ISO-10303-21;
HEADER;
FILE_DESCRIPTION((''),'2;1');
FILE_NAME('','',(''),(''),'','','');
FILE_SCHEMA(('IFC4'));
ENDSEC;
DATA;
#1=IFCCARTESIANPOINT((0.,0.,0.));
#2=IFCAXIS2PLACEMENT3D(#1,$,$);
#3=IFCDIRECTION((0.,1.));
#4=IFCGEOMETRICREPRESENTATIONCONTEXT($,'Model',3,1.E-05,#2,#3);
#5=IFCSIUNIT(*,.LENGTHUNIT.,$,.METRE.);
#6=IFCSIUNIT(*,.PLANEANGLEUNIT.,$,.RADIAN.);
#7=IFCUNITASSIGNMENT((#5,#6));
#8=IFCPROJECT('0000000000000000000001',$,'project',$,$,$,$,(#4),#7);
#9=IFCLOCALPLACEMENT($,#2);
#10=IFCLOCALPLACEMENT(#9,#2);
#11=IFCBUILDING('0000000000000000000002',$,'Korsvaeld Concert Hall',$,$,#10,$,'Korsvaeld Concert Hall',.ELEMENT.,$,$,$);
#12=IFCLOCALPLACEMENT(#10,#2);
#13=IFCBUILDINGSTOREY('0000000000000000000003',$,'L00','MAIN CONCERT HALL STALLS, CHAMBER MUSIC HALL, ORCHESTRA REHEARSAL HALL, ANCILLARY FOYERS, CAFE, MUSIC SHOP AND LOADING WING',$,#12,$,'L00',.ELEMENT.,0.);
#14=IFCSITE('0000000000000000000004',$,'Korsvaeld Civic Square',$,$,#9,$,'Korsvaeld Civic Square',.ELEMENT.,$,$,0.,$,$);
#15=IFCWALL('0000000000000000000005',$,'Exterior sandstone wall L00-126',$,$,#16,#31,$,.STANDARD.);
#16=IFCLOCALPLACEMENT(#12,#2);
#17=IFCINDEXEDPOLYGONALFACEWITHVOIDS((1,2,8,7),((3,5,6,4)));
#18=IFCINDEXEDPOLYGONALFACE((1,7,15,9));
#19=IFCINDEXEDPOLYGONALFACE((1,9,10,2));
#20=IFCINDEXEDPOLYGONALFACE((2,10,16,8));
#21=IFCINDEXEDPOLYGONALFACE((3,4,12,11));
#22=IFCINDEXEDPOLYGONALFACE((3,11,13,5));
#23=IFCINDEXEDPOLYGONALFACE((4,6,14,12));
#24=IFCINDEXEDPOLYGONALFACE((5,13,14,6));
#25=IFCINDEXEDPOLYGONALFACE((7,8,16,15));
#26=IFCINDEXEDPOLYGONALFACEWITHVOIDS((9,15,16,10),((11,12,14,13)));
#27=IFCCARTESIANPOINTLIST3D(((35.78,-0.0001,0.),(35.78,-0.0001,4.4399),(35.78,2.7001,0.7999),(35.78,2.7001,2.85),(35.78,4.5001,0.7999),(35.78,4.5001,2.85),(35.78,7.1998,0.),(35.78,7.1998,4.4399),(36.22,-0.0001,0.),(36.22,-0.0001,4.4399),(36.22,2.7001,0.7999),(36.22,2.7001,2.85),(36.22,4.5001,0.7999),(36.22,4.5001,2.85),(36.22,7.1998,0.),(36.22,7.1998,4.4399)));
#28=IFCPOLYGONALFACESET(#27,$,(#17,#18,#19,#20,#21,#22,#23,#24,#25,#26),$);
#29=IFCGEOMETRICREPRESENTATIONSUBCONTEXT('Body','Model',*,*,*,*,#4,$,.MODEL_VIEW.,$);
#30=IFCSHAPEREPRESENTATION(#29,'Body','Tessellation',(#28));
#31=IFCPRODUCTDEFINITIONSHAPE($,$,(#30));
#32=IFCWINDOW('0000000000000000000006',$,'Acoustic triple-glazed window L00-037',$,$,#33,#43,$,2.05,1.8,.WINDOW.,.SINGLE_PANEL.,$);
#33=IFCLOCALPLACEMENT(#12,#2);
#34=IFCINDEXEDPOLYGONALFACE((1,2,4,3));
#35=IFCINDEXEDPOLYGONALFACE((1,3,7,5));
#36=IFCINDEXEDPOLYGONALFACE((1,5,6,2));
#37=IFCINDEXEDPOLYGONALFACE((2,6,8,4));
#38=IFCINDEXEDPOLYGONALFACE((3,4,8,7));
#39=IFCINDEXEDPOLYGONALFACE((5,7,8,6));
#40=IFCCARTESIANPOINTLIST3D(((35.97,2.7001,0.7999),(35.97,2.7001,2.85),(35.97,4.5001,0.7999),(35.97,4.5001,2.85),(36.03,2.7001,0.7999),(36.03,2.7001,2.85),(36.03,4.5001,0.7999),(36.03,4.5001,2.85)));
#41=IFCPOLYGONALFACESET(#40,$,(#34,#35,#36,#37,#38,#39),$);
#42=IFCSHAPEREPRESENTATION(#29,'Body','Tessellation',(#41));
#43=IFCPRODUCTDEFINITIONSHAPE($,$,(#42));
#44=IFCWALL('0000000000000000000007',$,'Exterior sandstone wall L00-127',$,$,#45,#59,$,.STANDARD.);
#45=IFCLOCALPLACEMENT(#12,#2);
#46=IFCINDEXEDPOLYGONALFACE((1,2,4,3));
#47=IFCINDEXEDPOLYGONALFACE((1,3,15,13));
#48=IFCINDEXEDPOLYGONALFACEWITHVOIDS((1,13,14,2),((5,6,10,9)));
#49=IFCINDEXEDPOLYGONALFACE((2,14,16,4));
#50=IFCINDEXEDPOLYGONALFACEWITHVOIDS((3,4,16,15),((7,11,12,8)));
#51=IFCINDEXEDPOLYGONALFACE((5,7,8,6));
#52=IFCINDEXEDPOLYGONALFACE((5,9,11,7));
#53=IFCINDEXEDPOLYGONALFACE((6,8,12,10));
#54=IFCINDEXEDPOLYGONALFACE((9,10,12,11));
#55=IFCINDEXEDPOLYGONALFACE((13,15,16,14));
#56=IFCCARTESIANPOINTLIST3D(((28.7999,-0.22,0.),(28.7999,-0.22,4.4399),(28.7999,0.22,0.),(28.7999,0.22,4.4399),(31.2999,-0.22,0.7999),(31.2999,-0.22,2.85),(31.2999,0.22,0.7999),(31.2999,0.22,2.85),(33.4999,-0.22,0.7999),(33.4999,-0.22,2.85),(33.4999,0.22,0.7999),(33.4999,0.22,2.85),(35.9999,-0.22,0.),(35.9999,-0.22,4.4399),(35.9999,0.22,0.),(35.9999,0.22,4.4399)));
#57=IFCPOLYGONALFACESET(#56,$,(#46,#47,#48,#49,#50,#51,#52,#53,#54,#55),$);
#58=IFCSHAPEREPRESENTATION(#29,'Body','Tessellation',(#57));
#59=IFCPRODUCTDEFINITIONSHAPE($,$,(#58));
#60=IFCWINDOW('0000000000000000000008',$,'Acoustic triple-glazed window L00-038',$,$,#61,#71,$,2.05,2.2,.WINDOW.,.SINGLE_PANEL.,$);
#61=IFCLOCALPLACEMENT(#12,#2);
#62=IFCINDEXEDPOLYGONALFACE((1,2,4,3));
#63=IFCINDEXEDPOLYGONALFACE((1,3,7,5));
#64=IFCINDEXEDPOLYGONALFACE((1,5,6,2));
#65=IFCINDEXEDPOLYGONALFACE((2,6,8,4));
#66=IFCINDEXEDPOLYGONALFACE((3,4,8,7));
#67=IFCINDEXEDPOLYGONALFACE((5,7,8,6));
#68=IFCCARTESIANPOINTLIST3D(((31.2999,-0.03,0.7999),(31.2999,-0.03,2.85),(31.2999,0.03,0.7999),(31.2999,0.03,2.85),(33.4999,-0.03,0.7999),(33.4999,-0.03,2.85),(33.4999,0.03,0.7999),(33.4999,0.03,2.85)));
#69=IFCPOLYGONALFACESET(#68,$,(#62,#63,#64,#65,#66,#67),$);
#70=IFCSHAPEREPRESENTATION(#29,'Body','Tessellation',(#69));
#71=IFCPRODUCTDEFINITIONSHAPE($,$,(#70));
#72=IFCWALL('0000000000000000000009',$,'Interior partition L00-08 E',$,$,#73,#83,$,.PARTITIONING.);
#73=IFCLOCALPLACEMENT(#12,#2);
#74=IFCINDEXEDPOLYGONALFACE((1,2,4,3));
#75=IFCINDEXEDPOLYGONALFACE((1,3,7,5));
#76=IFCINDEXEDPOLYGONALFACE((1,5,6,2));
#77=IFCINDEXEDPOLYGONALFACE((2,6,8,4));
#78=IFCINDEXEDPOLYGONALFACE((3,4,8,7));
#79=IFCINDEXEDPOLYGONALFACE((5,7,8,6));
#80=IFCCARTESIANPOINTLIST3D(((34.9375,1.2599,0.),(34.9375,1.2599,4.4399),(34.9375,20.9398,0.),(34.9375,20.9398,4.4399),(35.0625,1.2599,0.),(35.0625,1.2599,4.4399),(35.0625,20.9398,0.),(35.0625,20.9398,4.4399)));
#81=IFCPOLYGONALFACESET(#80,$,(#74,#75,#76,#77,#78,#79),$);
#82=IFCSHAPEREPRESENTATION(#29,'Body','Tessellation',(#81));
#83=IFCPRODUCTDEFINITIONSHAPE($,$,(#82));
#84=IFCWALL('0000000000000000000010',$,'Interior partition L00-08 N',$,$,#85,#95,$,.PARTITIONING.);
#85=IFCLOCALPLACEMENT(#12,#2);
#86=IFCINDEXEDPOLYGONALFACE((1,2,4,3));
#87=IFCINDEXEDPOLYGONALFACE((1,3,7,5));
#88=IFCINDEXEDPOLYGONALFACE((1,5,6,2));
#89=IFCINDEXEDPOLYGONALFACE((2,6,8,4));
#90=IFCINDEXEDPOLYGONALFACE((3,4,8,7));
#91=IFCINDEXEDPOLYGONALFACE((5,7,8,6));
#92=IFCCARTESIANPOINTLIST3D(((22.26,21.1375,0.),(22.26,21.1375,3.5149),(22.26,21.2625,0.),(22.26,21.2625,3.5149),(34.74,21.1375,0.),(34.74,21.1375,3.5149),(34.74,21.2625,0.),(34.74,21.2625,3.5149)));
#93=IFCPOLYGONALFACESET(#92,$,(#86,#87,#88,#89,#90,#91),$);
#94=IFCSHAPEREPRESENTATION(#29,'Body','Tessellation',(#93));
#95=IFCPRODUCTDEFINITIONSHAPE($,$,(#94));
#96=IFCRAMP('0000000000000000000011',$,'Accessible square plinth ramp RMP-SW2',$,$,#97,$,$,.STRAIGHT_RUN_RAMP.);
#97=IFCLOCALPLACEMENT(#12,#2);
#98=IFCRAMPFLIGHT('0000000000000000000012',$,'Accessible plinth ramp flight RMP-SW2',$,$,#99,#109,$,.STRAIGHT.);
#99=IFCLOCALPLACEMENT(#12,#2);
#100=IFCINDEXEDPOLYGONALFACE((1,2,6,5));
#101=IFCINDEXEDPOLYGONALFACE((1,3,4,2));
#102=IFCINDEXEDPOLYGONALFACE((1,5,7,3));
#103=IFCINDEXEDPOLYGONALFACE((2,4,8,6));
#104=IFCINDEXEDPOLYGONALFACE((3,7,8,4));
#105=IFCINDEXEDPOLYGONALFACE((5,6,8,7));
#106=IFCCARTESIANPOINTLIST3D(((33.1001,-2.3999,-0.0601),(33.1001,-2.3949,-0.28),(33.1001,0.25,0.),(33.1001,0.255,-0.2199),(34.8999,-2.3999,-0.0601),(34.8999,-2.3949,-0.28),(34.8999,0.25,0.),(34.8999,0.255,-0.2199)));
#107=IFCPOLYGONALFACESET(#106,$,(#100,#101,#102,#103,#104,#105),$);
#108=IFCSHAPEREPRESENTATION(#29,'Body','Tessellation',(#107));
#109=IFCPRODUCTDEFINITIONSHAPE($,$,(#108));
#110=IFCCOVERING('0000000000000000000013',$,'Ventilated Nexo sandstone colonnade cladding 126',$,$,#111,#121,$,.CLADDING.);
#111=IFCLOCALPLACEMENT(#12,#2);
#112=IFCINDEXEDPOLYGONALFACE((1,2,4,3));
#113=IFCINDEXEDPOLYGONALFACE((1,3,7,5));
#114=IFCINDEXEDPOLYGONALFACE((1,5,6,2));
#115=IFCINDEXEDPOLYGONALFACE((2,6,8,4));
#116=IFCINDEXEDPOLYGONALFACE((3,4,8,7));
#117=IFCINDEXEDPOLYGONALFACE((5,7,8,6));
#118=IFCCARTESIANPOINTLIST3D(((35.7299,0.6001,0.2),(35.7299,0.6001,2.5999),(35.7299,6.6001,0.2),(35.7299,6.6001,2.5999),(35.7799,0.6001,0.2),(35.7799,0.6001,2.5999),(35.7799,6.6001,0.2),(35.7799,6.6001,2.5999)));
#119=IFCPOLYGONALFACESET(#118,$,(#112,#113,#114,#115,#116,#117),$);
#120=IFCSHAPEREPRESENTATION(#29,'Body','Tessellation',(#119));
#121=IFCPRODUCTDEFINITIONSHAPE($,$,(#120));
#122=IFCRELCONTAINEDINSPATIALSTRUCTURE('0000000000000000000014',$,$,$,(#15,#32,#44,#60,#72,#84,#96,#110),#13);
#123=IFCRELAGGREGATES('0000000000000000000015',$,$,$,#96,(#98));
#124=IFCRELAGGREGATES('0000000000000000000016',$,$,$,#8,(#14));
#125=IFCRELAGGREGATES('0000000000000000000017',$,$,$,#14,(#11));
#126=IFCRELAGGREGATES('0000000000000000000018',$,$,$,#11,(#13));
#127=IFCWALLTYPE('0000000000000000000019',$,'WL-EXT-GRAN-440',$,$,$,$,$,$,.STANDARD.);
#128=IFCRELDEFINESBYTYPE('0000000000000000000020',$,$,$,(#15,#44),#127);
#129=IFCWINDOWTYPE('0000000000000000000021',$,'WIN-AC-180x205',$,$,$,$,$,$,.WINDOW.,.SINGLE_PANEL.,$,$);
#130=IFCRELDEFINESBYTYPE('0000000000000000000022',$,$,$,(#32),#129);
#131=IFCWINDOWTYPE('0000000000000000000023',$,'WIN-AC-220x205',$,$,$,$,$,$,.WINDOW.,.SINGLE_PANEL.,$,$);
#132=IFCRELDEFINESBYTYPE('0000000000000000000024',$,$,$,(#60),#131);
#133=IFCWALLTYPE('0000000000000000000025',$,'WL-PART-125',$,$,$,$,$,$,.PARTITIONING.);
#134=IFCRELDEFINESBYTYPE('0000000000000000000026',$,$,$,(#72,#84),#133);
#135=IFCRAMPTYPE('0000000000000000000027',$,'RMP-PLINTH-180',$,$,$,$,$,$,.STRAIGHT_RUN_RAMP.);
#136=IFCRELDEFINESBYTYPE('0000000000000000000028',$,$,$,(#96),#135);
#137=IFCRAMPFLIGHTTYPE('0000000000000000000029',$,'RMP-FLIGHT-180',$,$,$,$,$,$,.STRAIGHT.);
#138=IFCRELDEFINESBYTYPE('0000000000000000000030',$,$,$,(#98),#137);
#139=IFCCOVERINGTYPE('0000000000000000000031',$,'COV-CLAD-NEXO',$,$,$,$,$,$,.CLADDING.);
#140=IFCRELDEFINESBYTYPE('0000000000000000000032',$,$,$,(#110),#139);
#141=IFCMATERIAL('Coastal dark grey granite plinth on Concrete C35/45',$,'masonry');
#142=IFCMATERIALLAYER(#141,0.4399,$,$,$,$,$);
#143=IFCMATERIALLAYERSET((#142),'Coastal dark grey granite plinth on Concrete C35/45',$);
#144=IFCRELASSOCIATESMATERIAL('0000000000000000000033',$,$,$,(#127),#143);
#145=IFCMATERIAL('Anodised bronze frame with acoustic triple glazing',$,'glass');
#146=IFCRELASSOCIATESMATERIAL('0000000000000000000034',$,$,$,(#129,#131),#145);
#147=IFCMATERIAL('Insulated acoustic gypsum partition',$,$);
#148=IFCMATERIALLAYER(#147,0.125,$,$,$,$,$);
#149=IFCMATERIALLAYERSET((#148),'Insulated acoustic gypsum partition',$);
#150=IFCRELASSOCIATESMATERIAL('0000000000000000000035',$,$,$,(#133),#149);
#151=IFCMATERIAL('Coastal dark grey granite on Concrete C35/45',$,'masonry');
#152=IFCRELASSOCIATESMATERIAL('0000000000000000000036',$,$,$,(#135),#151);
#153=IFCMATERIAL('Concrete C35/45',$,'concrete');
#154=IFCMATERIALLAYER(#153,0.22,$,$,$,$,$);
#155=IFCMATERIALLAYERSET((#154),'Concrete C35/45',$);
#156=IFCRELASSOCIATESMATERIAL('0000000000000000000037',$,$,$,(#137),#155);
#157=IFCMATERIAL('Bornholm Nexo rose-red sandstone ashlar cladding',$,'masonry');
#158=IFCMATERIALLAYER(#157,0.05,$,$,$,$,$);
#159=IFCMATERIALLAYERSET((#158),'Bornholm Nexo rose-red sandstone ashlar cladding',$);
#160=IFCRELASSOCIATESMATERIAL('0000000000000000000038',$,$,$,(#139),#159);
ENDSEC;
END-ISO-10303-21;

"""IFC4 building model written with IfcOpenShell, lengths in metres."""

from ifc_helpers import new_model, si_unit, direction, frame, frame_2d, origin, origin_2d, place, context, subcontext, project, spatial, polyline, rectangle, outline, extrude, material, layer, layer_set, type_object, element, fill, aggregate, save


model = new_model("IFC4")

# Units and contexts
model_context = context("Model", 3, precision=1e-05, world=origin(), true_north=direction((0.0, 1.0)))
body_context = subcontext(model_context, "Body", "Model", "MODEL_VIEW")
ifc_project = project(units=[si_unit("LENGTHUNIT", "METRE"), si_unit("PLANEANGLEUNIT", "RADIAN")], contexts=[model_context])

# Site, building, storey
site_placement = place(None, origin())
site = spatial("IfcSite", under=ifc_project, at=site_placement, Name="Korsvaeld Civic Square", LongName="Korsvaeld Civic Square", CompositionType="ELEMENT", RefElevation=0.0)
building_placement = place(site_placement, origin())
building = spatial("IfcBuilding", under=site, at=building_placement, Name="Korsvaeld Concert Hall", LongName="Korsvaeld Concert Hall", CompositionType="ELEMENT")
storey_placement = place(building_placement, origin())
storey = spatial("IfcBuildingStorey", under=building, at=storey_placement, Name="L00", Description="MAIN CONCERT HALL STALLS, CHAMBER MUSIC HALL, ORCHESTRA REHEARSAL HALL, ANCILLARY FOYERS, CAFE, MUSIC SHOP AND LOADING WING", LongName="L00", CompositionType="ELEMENT", Elevation=0.0)

# Walls, openings, windows
ifc_material_1 = material(Name="Coastal dark grey granite plinth on Concrete C35/45", Category="masonry")
ifc_layer_1 = layer(ifc_material_1, 0.4399)
ifc_layer_set_1 = layer_set([ifc_layer_1], Name="Coastal dark grey granite plinth on Concrete C35/45")
wall_type_1 = type_object("IfcWallType", Name="WL-EXT-GRAN-440", PredefinedType="STANDARD", material=ifc_layer_set_1)
ifc_material_2 = material(Name="Anodised bronze frame with acoustic triple glazing", Category="glass")
wall_1_placement = place(storey_placement, frame((36.0, 7.2, 0.0), z_axis=(0.0, 0.0, 1.0), x_axis=(0.0, -1.0, 0.0)))
wall_1 = element("IfcWall", 1, at=wall_1_placement, inside=storey, type_object=wall_type_1, Name="Exterior sandstone wall L00-126", PredefinedType="STANDARD", context=body_context, shape_type="SweptSolid", body=[
    extrude(rectangle(XDim=7.2, YDim=0.4399, at=frame_2d((3.6001, 0.0))), origin(), (0.0, 0.0, 1.0), 4.4399),
])
opening_1_placement = place(wall_1_placement, frame((2.7, 0.0, 0.8)))
opening_1 = element("IfcOpeningElement", 2, at=opening_1_placement, cuts=wall_1, PredefinedType="OPENING", context=body_context, shape_type="SweptSolid", body=[
    extrude(rectangle(XDim=1.8, YDim=2.05, at=frame_2d((0.8999, 1.0249))), frame((0.0, 0.23, 0.0), z_axis=(0.0, -1.0, 0.0), x_axis=(1.0, 0.0, 0.0)), (0.0, 0.0, 1.0), 0.46),
])
window_type_1 = type_object("IfcWindowType", Name="WIN-AC-180x205", PartitioningType="SINGLE_PANEL", PredefinedType="WINDOW", material=ifc_material_2)
window_1_placement = place(opening_1_placement, origin())
window_1 = element("IfcWindow", 3, at=window_1_placement, inside=storey, type_object=window_type_1, Name="Acoustic triple-glazed window L00-037", OverallHeight=2.05, OverallWidth=1.8, PartitioningType="SINGLE_PANEL", PredefinedType="WINDOW", context=body_context, shape_type="SweptSolid", body=[
    extrude(rectangle(XDim=1.8, YDim=2.05, at=frame_2d((0.8999, 1.0249))), frame((0.0, 0.03, 0.0), z_axis=(0.0, -1.0, 0.0), x_axis=(1.0, 0.0, 0.0)), (0.0, 0.0, 1.0), 0.0601),
])
fill(opening_1, window_1)
wall_2_placement = place(storey_placement, frame((36.0, 0.0, 0.0), z_axis=(0.0, 0.0, 1.0), x_axis=(-1.0, 0.0, 0.0)))
wall_2 = element("IfcWall", 4, at=wall_2_placement, inside=storey, type_object=wall_type_1, Name="Exterior sandstone wall L00-127", PredefinedType="STANDARD", context=body_context, shape_type="SweptSolid", body=[
    extrude(rectangle(XDim=7.2, YDim=0.4399, at=frame_2d((3.6001, 0.0))), origin(), (0.0, 0.0, 1.0), 4.4399),
])
opening_2_placement = place(wall_2_placement, frame((2.5, 0.0, 0.8)))
opening_2 = element("IfcOpeningElement", 5, at=opening_2_placement, cuts=wall_2, PredefinedType="OPENING", context=body_context, shape_type="SweptSolid", body=[
    extrude(rectangle(XDim=2.2, YDim=2.05, at=frame_2d((1.1001, 1.0249))), frame((0.0, 0.23, 0.0), z_axis=(0.0, -1.0, 0.0), x_axis=(1.0, 0.0, 0.0)), (0.0, 0.0, 1.0), 0.46),
])
window_type_2 = type_object("IfcWindowType", Name="WIN-AC-220x205", PartitioningType="SINGLE_PANEL", PredefinedType="WINDOW", material=ifc_material_2)
window_2_placement = place(opening_2_placement, origin())
window_2 = element("IfcWindow", 6, at=window_2_placement, inside=storey, type_object=window_type_2, Name="Acoustic triple-glazed window L00-038", OverallHeight=2.05, OverallWidth=2.2, PartitioningType="SINGLE_PANEL", PredefinedType="WINDOW", context=body_context, shape_type="SweptSolid", body=[
    extrude(rectangle(XDim=2.2, YDim=2.05, at=frame_2d((1.1001, 1.0249))), frame((0.0, 0.03, 0.0), z_axis=(0.0, -1.0, 0.0), x_axis=(1.0, 0.0, 0.0)), (0.0, 0.0, 1.0), 0.0601),
])
fill(opening_2, window_2)

# Walls
ifc_material_3 = material(Name="Insulated acoustic gypsum partition")
ifc_layer_2 = layer(ifc_material_3, 0.125)
ifc_layer_set_2 = layer_set([ifc_layer_2], Name="Insulated acoustic gypsum partition")
wall_type_2 = type_object("IfcWallType", Name="WL-PART-125", PredefinedType="PARTITIONING", material=ifc_layer_set_2)
wall_3_placement = place(storey_placement, frame((35.0, 1.26, 0.0), z_axis=(0.0, 0.0, 1.0), x_axis=(0.0, 1.0, 0.0)))
element("IfcWall", 7, at=wall_3_placement, inside=storey, type_object=wall_type_2, Name="Interior partition L00-08 E", PredefinedType="PARTITIONING", context=body_context, shape_type="SweptSolid", body=[
    extrude(rectangle(XDim=19.6799, YDim=0.125, at=frame_2d((9.8398, 0.0))), origin(), (0.0, 0.0, 1.0), 4.4399),
])
wall_4_placement = place(storey_placement, frame((34.74, 21.2, 0.0), z_axis=(0.0, 0.0, 1.0), x_axis=(-1.0, 0.0, 0.0)))
element("IfcWall", 8, at=wall_4_placement, inside=storey, type_object=wall_type_2, Name="Interior partition L00-08 N", PredefinedType="PARTITIONING", context=body_context, shape_type="SweptSolid", body=[
    extrude(rectangle(XDim=12.48, YDim=0.125, at=frame_2d((6.24, 0.0))), origin(), (0.0, 0.0, 1.0), 3.5149),
])

# Ramp, ramp flight
ifc_material_4 = material(Name="Coastal dark grey granite on Concrete C35/45", Category="masonry")
ramp_type = type_object("IfcRampType", Name="RMP-PLINTH-180", PredefinedType="STRAIGHT_RUN_RAMP", material=ifc_material_4)
ramp_placement = place(storey_placement, origin())
ramp = element("IfcRamp", 9, at=ramp_placement, inside=storey, type_object=ramp_type, Name="Accessible square plinth ramp RMP-SW2", PredefinedType="STRAIGHT_RUN_RAMP")
ifc_material_5 = material(Name="Concrete C35/45", Category="concrete")
ifc_layer_3 = layer(ifc_material_5, 0.22)
ifc_layer_set_3 = layer_set([ifc_layer_3], Name="Concrete C35/45")
ramp_flight_type = type_object("IfcRampFlightType", Name="RMP-FLIGHT-180", PredefinedType="STRAIGHT", material=ifc_layer_set_3)
ramp_flight_placement = place(storey_placement, frame((33.1001, -2.3999, -0.0601), z_axis=(0.0, -0.022659, 0.999743), x_axis=(1.0, 0.0, 0.0)))
ramp_flight = element("IfcRampFlight", 10, at=ramp_flight_placement, type_object=ramp_flight_type, Name="Accessible plinth ramp flight RMP-SW2", PredefinedType="STRAIGHT", context=body_context, shape_type="SweptSolid", body=[
    extrude(outline(polyline([(0.0, 0.0), (1.7998, 0.0), (1.7998, 2.6506), (0.0, 2.6506), (0.0, 0.0)])), origin(), (0.0, 0.0, -1.0), 0.22),
])
aggregate(ramp, [ramp_flight])

# Covering
ifc_material_6 = material(Name="Bornholm Nexo rose-red sandstone ashlar cladding", Category="masonry")
ifc_layer_4 = layer(ifc_material_6, 0.05)
ifc_layer_set_4 = layer_set([ifc_layer_4], Name="Bornholm Nexo rose-red sandstone ashlar cladding")
covering_type = type_object("IfcCoveringType", Name="COV-CLAD-NEXO", PredefinedType="CLADDING", material=ifc_layer_set_4)
covering_placement = place(storey_placement, frame((35.7549, 3.6001, 0.2), z_axis=(0.0, 0.0, 1.0), x_axis=(0.0, -1.0, 0.0)))
element("IfcCovering", 11, at=covering_placement, inside=storey, type_object=covering_type, Name="Ventilated Nexo sandstone colonnade cladding 126", PredefinedType="CLADDING", context=body_context, shape_type="SweptSolid", body=[
    extrude(rectangle(XDim=6.0, YDim=0.05, at=origin_2d()), origin(), (0.0, 0.0, 1.0), 2.3999),
])

save(model, "model.ifc")
